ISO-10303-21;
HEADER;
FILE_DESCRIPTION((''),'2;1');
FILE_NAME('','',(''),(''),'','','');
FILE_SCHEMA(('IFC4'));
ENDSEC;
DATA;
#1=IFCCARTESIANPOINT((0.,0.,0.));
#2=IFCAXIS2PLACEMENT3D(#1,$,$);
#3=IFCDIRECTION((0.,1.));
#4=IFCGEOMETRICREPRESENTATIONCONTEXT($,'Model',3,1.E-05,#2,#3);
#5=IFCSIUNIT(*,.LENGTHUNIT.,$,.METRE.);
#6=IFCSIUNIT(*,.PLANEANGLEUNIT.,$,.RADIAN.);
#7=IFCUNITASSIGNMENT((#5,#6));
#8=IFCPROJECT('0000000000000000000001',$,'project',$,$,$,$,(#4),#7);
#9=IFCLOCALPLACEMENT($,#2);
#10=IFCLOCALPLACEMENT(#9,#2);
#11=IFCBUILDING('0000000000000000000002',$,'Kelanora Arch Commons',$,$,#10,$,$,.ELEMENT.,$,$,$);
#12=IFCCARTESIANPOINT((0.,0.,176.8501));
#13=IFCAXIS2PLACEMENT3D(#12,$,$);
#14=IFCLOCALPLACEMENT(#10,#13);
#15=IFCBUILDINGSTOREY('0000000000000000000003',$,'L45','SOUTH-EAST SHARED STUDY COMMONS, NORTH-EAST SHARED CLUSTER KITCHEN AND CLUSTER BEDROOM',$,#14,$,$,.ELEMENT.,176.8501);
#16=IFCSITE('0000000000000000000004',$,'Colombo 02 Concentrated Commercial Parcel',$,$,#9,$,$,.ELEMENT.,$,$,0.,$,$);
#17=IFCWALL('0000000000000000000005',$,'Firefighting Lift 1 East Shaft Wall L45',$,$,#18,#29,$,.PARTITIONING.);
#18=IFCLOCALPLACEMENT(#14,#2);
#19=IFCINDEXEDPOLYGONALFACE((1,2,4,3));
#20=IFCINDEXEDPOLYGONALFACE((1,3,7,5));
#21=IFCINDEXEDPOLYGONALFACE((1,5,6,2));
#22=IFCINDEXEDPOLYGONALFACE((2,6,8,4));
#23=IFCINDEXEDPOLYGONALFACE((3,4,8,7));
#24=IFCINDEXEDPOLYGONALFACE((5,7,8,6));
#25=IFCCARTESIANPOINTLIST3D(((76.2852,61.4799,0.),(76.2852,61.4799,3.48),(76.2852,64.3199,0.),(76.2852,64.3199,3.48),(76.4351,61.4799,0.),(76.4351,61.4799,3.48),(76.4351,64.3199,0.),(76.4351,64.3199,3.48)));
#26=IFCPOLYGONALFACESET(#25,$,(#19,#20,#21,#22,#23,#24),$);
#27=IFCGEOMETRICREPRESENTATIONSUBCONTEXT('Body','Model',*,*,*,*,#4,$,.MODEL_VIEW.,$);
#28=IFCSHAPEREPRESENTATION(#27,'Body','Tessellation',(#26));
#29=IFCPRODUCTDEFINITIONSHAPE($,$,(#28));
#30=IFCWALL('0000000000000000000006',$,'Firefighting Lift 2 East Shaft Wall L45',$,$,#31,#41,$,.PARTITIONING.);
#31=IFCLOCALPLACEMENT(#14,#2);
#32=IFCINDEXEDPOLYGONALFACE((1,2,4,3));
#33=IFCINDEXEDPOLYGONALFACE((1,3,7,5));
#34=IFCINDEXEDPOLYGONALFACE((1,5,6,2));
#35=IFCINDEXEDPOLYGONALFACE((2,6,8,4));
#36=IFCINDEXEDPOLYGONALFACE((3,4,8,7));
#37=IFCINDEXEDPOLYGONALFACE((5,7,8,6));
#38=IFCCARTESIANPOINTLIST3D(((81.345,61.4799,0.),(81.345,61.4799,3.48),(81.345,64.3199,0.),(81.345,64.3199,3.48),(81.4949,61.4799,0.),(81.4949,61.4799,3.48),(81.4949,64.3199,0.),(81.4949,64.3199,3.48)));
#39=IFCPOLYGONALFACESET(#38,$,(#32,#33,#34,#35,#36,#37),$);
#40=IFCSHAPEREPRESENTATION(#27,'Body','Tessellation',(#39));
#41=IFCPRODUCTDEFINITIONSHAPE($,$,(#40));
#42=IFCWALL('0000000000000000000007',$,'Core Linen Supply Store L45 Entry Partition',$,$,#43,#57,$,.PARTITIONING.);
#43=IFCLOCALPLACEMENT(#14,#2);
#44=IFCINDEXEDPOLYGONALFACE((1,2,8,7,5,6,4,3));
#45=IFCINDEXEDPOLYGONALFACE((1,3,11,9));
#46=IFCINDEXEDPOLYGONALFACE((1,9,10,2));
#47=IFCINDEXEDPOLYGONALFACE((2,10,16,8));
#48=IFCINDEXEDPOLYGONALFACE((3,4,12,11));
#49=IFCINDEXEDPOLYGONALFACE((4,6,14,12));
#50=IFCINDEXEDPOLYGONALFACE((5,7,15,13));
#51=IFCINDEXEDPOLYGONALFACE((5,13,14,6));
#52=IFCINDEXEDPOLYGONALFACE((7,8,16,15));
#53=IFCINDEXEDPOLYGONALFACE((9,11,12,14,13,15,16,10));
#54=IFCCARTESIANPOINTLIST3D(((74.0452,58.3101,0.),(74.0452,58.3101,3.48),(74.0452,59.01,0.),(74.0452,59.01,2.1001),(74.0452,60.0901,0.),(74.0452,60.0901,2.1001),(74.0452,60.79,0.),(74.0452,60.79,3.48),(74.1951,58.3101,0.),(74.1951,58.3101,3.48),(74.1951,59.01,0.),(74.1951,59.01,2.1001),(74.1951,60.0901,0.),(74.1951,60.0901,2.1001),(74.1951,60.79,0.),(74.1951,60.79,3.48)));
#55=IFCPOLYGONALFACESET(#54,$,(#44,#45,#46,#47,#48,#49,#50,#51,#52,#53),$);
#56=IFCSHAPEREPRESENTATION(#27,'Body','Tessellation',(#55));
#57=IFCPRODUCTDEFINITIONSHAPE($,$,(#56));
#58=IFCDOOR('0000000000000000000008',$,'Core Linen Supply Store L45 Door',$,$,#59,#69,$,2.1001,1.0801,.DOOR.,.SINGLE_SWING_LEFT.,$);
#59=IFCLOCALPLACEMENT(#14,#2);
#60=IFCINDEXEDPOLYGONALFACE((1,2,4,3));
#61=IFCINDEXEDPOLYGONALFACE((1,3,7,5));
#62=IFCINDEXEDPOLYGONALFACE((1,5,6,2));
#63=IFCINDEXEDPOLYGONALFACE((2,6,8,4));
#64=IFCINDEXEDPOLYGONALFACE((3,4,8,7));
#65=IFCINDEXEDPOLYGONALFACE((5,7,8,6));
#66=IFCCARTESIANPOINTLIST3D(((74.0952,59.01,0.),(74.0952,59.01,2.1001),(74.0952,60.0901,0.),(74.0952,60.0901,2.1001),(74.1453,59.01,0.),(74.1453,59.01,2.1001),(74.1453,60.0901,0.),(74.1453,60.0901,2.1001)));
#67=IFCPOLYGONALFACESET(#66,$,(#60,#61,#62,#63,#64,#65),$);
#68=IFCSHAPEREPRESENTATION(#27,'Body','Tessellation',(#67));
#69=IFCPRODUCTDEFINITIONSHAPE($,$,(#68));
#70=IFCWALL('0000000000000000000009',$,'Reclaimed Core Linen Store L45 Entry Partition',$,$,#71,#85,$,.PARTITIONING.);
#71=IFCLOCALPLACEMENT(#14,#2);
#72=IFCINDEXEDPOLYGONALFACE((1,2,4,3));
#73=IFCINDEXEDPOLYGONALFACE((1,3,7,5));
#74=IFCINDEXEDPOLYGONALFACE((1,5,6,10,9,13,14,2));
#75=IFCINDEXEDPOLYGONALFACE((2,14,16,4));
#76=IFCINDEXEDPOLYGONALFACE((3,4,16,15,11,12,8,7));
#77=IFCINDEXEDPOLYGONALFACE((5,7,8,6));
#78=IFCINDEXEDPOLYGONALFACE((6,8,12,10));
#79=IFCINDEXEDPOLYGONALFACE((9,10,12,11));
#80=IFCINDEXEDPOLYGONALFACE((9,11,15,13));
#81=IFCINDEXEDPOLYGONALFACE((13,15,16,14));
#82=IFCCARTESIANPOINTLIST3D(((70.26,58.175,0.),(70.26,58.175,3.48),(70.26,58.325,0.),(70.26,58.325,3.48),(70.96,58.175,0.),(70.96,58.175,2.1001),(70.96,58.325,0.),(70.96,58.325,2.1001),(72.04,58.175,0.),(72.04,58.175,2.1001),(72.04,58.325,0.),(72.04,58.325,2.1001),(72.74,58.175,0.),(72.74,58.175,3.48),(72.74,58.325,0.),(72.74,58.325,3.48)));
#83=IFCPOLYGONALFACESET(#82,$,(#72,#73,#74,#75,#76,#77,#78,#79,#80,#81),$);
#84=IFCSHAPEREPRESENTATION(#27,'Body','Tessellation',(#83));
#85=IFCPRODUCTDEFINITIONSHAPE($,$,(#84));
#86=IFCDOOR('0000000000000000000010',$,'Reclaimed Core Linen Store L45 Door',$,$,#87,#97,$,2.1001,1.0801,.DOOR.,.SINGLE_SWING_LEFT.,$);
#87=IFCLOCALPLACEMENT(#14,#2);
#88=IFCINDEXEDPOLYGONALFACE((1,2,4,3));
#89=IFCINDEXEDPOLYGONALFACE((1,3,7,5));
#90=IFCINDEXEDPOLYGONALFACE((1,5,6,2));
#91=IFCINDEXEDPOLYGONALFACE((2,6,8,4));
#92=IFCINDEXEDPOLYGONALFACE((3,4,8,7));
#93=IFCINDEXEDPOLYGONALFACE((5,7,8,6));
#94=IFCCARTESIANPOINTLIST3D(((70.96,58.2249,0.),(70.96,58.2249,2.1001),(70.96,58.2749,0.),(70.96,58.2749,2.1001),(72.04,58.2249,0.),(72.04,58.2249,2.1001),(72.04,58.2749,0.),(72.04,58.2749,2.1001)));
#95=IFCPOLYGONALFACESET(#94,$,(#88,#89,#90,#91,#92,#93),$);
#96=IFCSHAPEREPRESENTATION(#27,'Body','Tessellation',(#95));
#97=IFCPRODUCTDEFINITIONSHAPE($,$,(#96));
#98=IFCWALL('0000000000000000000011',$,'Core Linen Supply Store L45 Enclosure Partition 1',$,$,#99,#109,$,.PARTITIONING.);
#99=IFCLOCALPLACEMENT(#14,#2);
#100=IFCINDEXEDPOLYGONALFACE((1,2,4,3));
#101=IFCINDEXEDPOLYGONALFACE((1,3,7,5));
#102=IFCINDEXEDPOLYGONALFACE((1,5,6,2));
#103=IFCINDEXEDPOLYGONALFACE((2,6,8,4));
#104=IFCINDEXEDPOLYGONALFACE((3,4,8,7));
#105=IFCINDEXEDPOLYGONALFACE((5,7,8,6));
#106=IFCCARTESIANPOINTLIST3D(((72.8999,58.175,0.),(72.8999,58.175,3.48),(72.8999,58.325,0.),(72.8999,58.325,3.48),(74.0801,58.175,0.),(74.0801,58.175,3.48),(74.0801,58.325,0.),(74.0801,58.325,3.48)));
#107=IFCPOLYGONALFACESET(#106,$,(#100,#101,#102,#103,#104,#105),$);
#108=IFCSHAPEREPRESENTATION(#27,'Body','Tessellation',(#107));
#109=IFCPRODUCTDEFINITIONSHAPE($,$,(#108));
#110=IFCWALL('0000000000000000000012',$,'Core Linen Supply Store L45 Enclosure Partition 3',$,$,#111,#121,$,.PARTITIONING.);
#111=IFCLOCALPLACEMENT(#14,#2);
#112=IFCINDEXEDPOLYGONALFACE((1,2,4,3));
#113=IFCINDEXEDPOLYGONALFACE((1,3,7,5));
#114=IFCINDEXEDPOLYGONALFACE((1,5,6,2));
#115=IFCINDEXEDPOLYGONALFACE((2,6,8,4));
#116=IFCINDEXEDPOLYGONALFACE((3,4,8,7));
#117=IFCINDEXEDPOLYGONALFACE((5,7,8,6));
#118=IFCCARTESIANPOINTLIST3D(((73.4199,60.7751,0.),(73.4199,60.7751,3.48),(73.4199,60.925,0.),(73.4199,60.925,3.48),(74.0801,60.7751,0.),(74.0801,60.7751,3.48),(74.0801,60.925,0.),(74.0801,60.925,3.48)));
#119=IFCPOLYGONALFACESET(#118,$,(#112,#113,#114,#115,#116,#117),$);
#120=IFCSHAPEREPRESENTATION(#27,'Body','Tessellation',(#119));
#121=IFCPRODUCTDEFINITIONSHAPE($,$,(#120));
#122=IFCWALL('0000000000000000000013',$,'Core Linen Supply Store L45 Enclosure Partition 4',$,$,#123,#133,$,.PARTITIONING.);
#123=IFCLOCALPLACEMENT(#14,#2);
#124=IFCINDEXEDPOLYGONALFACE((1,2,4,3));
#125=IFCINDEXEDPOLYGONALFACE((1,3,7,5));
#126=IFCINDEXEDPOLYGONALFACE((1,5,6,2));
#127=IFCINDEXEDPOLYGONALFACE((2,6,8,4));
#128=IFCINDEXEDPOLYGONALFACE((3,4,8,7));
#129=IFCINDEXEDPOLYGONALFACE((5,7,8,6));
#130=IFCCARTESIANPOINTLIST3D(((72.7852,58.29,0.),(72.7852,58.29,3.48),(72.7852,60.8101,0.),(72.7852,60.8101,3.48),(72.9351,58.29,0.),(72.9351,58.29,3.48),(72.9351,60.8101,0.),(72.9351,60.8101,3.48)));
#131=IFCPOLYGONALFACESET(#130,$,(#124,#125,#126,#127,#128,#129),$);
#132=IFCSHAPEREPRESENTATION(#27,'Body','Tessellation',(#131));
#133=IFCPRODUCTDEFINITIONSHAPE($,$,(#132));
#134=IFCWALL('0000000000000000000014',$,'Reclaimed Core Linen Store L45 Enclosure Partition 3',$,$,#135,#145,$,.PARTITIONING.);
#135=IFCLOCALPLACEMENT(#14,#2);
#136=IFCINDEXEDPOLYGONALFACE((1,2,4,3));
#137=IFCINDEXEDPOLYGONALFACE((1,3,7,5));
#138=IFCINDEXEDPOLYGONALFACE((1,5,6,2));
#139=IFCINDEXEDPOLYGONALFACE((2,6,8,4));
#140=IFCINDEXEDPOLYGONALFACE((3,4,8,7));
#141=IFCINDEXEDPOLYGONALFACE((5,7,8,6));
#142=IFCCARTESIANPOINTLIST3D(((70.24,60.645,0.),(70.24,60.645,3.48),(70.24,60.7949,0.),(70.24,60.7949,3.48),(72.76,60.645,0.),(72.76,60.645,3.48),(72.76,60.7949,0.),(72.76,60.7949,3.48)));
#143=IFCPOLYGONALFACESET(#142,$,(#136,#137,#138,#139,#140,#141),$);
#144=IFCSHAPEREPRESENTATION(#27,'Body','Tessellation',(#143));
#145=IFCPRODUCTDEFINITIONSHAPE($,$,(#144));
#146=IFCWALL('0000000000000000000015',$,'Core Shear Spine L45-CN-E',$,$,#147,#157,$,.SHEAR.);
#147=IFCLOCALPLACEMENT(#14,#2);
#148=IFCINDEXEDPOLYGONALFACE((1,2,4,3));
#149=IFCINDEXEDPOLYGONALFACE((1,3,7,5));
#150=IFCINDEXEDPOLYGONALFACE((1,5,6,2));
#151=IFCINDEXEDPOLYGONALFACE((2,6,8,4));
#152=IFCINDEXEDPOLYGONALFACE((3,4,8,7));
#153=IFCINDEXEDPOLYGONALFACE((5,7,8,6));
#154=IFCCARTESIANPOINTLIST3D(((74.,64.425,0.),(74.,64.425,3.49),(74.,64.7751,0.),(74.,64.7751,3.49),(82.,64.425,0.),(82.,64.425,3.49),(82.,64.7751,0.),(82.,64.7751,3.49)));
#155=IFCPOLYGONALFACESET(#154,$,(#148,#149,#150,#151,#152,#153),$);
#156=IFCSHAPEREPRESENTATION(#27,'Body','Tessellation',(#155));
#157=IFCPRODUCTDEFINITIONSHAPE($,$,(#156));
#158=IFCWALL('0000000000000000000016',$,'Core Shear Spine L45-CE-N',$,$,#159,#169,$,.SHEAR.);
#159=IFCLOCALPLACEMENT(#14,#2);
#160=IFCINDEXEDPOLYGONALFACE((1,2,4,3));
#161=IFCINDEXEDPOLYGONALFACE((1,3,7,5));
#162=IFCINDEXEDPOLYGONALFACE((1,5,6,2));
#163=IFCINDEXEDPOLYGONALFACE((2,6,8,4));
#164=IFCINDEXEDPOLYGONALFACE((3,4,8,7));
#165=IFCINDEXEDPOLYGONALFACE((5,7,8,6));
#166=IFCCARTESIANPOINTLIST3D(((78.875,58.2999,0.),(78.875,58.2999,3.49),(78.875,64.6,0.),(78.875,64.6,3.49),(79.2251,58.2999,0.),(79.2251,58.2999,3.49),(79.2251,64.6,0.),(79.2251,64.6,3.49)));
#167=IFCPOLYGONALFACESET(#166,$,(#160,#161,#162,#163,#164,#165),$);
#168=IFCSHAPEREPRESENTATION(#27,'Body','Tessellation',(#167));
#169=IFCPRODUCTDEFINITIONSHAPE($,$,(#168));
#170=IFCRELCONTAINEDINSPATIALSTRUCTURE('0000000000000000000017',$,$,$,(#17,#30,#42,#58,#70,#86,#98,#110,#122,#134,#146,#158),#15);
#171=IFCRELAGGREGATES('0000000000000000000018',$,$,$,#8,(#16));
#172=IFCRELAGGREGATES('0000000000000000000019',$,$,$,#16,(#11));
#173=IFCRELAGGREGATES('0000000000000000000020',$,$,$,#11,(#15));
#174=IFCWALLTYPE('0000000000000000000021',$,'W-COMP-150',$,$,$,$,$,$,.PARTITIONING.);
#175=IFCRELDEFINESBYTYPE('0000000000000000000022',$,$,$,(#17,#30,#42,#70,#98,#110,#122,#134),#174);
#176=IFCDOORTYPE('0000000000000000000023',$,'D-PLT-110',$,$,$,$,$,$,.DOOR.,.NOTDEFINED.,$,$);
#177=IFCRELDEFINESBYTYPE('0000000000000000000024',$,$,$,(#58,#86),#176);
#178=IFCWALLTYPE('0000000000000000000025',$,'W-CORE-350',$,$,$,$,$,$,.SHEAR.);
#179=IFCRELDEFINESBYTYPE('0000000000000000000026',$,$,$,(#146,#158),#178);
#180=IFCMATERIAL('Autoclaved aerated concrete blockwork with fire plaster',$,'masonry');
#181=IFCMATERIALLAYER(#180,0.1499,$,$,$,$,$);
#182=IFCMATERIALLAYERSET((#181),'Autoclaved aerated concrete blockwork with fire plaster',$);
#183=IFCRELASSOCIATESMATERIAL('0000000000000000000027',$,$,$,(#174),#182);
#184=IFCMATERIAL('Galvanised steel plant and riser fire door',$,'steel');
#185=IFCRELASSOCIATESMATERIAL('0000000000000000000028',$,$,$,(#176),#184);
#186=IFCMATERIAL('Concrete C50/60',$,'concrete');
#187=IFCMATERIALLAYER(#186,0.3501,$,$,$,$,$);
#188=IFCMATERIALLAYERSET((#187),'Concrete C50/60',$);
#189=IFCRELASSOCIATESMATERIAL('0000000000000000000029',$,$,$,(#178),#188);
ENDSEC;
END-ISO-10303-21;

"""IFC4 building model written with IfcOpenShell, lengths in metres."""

from ifc_helpers import new_model, si_unit, direction, frame, frame_2d, origin, place, context, subcontext, project, spatial, rectangle, extrude, material, layer, layer_set, type_object, element, fill, save


model = new_model("IFC4")

# Units and contexts
model_context = context("Model", 3, precision=1e-05, world=origin(), true_north=direction((0.0, 1.0)))
body_context = subcontext(model_context, "Body", "Model", "MODEL_VIEW")
ifc_project = project(units=[si_unit("LENGTHUNIT", "METRE"), si_unit("PLANEANGLEUNIT", "RADIAN")], contexts=[model_context])

# Site, building, storey
site_placement = place(None, origin())
site = spatial("IfcSite", under=ifc_project, at=site_placement, Name="Colombo 02 Concentrated Commercial Parcel", CompositionType="ELEMENT", RefElevation=0.0)
building_placement = place(site_placement, origin())
building = spatial("IfcBuilding", under=site, at=building_placement, Name="Kelanora Arch Commons", CompositionType="ELEMENT")
storey_placement = place(building_placement, frame((0.0, 0.0, 176.8501)))
storey = spatial("IfcBuildingStorey", under=building, at=storey_placement, Name="L45", Description="SOUTH-EAST SHARED STUDY COMMONS, NORTH-EAST SHARED CLUSTER KITCHEN AND CLUSTER BEDROOM", CompositionType="ELEMENT", Elevation=176.8501)

# Walls
ifc_material_1 = material(Name="Autoclaved aerated concrete blockwork with fire plaster", Category="masonry")
ifc_layer_1 = layer(ifc_material_1, 0.1499)
ifc_layer_set_1 = layer_set([ifc_layer_1], Name="Autoclaved aerated concrete blockwork with fire plaster")
wall_type_1 = type_object("IfcWallType", Name="W-COMP-150", PredefinedType="PARTITIONING", material=ifc_layer_set_1)
for number, where, z_axis, x_axis, name in (
    (1, (76.3601, 61.48, 0.0), (0.0, 0.0, 1.0), (0.0, 1.0, 0.0), "Firefighting Lift 1 East Shaft Wall L45"),
    (2, (81.4199, 61.48, 0.0), (0.0, 0.0, 1.0), (0.0, 1.0, 0.0), "Firefighting Lift 2 East Shaft Wall L45"),
):
    element("IfcWall", number, at=place(storey_placement, frame(where, z_axis=z_axis, x_axis=x_axis)), inside=storey, type_object=wall_type_1, Name=name, PredefinedType="PARTITIONING", context=body_context, shape_type="SweptSolid", body=[
        extrude(rectangle(XDim=2.8401, YDim=0.1499, at=frame_2d((1.4199, 0.0))), origin(), (0.0, 0.0, 1.0), 3.48),
    ])

# Walls, openings, doors
wall_1_placement = place(storey_placement, frame((74.1201, 58.3101, 0.0), z_axis=(0.0, 0.0, 1.0), x_axis=(0.0, 1.0, 0.0)))
wall_1 = element("IfcWall", 3, at=wall_1_placement, inside=storey, type_object=wall_type_1, Name="Core Linen Supply Store L45 Entry Partition", PredefinedType="PARTITIONING", context=body_context, shape_type="SweptSolid", body=[
    extrude(rectangle(XDim=2.48, YDim=0.1499, at=frame_2d((1.24, 0.0))), origin(), (0.0, 0.0, 1.0), 3.48),
])
opening_1_placement = place(wall_1_placement, frame((0.7, 0.0, 0.0)))
opening_1 = element("IfcOpeningElement", 4, at=opening_1_placement, cuts=wall_1, PredefinedType="OPENING", context=body_context, shape_type="SweptSolid", body=[
    extrude(rectangle(XDim=1.0801, YDim=2.1001, at=frame_2d((0.54, 1.05))), frame((0.0, 0.085, 0.0), z_axis=(0.0, -1.0, 0.0), x_axis=(1.0, 0.0, 0.0)), (0.0, 0.0, 1.0), 0.1699),
])
ifc_material_2 = material(Name="Galvanised steel plant and riser fire door", Category="steel")
door_type_1 = type_object("IfcDoorType", Name="D-PLT-110", OperationType="NOTDEFINED", PredefinedType="DOOR", material=ifc_material_2)
door_1_placement = place(opening_1_placement, origin())
door_1 = element("IfcDoor", 5, at=door_1_placement, inside=storey, type_object=door_type_1, Name="Core Linen Supply Store L45 Door", OperationType="SINGLE_SWING_LEFT", OverallHeight=2.1001, OverallWidth=1.0801, PredefinedType="DOOR", context=body_context, shape_type="SweptSolid", body=[
    extrude(rectangle(XDim=1.0801, YDim=2.1001, at=frame_2d((0.54, 1.05))), frame((0.0, 0.0249, 0.0), z_axis=(0.0, -1.0, 0.0), x_axis=(1.0, 0.0, 0.0)), (0.0, 0.0, 1.0), 0.05),
])
fill(opening_1, door_1)
wall_2_placement = place(storey_placement, frame((70.26, 58.25, 0.0), z_axis=(0.0, 0.0, 1.0), x_axis=(1.0, 0.0, 0.0)))
wall_2 = element("IfcWall", 6, at=wall_2_placement, inside=storey, type_object=wall_type_1, Name="Reclaimed Core Linen Store L45 Entry Partition", PredefinedType="PARTITIONING", context=body_context, shape_type="SweptSolid", body=[
    extrude(rectangle(XDim=2.48, YDim=0.1499, at=frame_2d((1.24, 0.0))), origin(), (0.0, 0.0, 1.0), 3.48),
])
opening_2_placement = place(wall_2_placement, frame((0.7, 0.0, 0.0)))
opening_2 = element("IfcOpeningElement", 7, at=opening_2_placement, cuts=wall_2, PredefinedType="OPENING", context=body_context, shape_type="SweptSolid", body=[
    extrude(rectangle(XDim=1.0801, YDim=2.1001, at=frame_2d((0.54, 1.05))), frame((0.0, 0.085, 0.0), z_axis=(0.0, -1.0, 0.0), x_axis=(1.0, 0.0, 0.0)), (0.0, 0.0, 1.0), 0.1699),
])
door_2_placement = place(opening_2_placement, origin())
door_2 = element("IfcDoor", 8, at=door_2_placement, inside=storey, type_object=door_type_1, Name="Reclaimed Core Linen Store L45 Door", OperationType="SINGLE_SWING_LEFT", OverallHeight=2.1001, OverallWidth=1.0801, PredefinedType="DOOR", context=body_context, shape_type="SweptSolid", body=[
    extrude(rectangle(XDim=1.0801, YDim=2.1001, at=frame_2d((0.54, 1.05))), frame((0.0, 0.0249, 0.0), z_axis=(0.0, -1.0, 0.0), x_axis=(1.0, 0.0, 0.0)), (0.0, 0.0, 1.0), 0.05),
])
fill(opening_2, door_2)

# Walls
wall_3_placement = place(storey_placement, frame((72.8999, 58.25, 0.0), z_axis=(0.0, 0.0, 1.0), x_axis=(1.0, 0.0, 0.0)))
element("IfcWall", 9, at=wall_3_placement, inside=storey, type_object=wall_type_1, Name="Core Linen Supply Store L45 Enclosure Partition 1", PredefinedType="PARTITIONING", context=body_context, shape_type="SweptSolid", body=[
    extrude(rectangle(XDim=1.1802, YDim=0.1499, at=frame_2d((0.5901, 0.0))), origin(), (0.0, 0.0, 1.0), 3.48),
])
wall_4_placement = place(storey_placement, frame((74.0801, 60.8501, 0.0), z_axis=(0.0, 0.0, 1.0), x_axis=(-1.0, 0.0, 0.0)))
element("IfcWall", 10, at=wall_4_placement, inside=storey, type_object=wall_type_1, Name="Core Linen Supply Store L45 Enclosure Partition 3", PredefinedType="PARTITIONING", context=body_context, shape_type="SweptSolid", body=[
    extrude(rectangle(XDim=0.6602, YDim=0.1499, at=frame_2d((0.3301, 0.0))), origin(), (0.0, 0.0, 1.0), 3.48),
])
for number, where, z_axis, x_axis, name in (
    (11, (72.8601, 60.8101, 0.0), (0.0, 0.0, 1.0), (0.0, -1.0, 0.0), "Core Linen Supply Store L45 Enclosure Partition 4"),
    (12, (72.76, 60.72, 0.0), (0.0, 0.0, 1.0), (-1.0, 0.0, 0.0), "Reclaimed Core Linen Store L45 Enclosure Partition 3"),
):
    element("IfcWall", number, at=place(storey_placement, frame(where, z_axis=z_axis, x_axis=x_axis)), inside=storey, type_object=wall_type_1, Name=name, PredefinedType="PARTITIONING", context=body_context, shape_type="SweptSolid", body=[
        extrude(rectangle(XDim=2.52, YDim=0.1499, at=frame_2d((1.26, 0.0))), origin(), (0.0, 0.0, 1.0), 3.48),
    ])
ifc_material_3 = material(Name="Concrete C50/60", Category="concrete")
ifc_layer_2 = layer(ifc_material_3, 0.3501)
ifc_layer_set_2 = layer_set([ifc_layer_2], Name="Concrete C50/60")
wall_type_2 = type_object("IfcWallType", Name="W-CORE-350", PredefinedType="SHEAR", material=ifc_layer_set_2)
wall_5_placement = place(storey_placement, frame((74.0, 64.6001, 0.0), z_axis=(0.0, 0.0, 1.0), x_axis=(1.0, 0.0, 0.0)))
element("IfcWall", 13, at=wall_5_placement, inside=storey, type_object=wall_type_2, Name="Core Shear Spine L45-CN-E", PredefinedType="SHEAR", context=body_context, shape_type="SweptSolid", body=[
    extrude(rectangle(XDim=8.0, YDim=0.3501, at=frame_2d((4.0, 0.0))), origin(), (0.0, 0.0, 1.0), 3.49),
])
wall_6_placement = place(storey_placement, frame((79.05, 58.3, 0.0), z_axis=(0.0, 0.0, 1.0), x_axis=(0.0, 1.0, 0.0)))
element("IfcWall", 14, at=wall_6_placement, inside=storey, type_object=wall_type_2, Name="Core Shear Spine L45-CE-N", PredefinedType="SHEAR", context=body_context, shape_type="SweptSolid", body=[
    extrude(rectangle(XDim=6.3, YDim=0.3501, at=frame_2d((3.1499, 0.0))), origin(), (0.0, 0.0, 1.0), 3.49),
])

save(model, "model.ifc")
